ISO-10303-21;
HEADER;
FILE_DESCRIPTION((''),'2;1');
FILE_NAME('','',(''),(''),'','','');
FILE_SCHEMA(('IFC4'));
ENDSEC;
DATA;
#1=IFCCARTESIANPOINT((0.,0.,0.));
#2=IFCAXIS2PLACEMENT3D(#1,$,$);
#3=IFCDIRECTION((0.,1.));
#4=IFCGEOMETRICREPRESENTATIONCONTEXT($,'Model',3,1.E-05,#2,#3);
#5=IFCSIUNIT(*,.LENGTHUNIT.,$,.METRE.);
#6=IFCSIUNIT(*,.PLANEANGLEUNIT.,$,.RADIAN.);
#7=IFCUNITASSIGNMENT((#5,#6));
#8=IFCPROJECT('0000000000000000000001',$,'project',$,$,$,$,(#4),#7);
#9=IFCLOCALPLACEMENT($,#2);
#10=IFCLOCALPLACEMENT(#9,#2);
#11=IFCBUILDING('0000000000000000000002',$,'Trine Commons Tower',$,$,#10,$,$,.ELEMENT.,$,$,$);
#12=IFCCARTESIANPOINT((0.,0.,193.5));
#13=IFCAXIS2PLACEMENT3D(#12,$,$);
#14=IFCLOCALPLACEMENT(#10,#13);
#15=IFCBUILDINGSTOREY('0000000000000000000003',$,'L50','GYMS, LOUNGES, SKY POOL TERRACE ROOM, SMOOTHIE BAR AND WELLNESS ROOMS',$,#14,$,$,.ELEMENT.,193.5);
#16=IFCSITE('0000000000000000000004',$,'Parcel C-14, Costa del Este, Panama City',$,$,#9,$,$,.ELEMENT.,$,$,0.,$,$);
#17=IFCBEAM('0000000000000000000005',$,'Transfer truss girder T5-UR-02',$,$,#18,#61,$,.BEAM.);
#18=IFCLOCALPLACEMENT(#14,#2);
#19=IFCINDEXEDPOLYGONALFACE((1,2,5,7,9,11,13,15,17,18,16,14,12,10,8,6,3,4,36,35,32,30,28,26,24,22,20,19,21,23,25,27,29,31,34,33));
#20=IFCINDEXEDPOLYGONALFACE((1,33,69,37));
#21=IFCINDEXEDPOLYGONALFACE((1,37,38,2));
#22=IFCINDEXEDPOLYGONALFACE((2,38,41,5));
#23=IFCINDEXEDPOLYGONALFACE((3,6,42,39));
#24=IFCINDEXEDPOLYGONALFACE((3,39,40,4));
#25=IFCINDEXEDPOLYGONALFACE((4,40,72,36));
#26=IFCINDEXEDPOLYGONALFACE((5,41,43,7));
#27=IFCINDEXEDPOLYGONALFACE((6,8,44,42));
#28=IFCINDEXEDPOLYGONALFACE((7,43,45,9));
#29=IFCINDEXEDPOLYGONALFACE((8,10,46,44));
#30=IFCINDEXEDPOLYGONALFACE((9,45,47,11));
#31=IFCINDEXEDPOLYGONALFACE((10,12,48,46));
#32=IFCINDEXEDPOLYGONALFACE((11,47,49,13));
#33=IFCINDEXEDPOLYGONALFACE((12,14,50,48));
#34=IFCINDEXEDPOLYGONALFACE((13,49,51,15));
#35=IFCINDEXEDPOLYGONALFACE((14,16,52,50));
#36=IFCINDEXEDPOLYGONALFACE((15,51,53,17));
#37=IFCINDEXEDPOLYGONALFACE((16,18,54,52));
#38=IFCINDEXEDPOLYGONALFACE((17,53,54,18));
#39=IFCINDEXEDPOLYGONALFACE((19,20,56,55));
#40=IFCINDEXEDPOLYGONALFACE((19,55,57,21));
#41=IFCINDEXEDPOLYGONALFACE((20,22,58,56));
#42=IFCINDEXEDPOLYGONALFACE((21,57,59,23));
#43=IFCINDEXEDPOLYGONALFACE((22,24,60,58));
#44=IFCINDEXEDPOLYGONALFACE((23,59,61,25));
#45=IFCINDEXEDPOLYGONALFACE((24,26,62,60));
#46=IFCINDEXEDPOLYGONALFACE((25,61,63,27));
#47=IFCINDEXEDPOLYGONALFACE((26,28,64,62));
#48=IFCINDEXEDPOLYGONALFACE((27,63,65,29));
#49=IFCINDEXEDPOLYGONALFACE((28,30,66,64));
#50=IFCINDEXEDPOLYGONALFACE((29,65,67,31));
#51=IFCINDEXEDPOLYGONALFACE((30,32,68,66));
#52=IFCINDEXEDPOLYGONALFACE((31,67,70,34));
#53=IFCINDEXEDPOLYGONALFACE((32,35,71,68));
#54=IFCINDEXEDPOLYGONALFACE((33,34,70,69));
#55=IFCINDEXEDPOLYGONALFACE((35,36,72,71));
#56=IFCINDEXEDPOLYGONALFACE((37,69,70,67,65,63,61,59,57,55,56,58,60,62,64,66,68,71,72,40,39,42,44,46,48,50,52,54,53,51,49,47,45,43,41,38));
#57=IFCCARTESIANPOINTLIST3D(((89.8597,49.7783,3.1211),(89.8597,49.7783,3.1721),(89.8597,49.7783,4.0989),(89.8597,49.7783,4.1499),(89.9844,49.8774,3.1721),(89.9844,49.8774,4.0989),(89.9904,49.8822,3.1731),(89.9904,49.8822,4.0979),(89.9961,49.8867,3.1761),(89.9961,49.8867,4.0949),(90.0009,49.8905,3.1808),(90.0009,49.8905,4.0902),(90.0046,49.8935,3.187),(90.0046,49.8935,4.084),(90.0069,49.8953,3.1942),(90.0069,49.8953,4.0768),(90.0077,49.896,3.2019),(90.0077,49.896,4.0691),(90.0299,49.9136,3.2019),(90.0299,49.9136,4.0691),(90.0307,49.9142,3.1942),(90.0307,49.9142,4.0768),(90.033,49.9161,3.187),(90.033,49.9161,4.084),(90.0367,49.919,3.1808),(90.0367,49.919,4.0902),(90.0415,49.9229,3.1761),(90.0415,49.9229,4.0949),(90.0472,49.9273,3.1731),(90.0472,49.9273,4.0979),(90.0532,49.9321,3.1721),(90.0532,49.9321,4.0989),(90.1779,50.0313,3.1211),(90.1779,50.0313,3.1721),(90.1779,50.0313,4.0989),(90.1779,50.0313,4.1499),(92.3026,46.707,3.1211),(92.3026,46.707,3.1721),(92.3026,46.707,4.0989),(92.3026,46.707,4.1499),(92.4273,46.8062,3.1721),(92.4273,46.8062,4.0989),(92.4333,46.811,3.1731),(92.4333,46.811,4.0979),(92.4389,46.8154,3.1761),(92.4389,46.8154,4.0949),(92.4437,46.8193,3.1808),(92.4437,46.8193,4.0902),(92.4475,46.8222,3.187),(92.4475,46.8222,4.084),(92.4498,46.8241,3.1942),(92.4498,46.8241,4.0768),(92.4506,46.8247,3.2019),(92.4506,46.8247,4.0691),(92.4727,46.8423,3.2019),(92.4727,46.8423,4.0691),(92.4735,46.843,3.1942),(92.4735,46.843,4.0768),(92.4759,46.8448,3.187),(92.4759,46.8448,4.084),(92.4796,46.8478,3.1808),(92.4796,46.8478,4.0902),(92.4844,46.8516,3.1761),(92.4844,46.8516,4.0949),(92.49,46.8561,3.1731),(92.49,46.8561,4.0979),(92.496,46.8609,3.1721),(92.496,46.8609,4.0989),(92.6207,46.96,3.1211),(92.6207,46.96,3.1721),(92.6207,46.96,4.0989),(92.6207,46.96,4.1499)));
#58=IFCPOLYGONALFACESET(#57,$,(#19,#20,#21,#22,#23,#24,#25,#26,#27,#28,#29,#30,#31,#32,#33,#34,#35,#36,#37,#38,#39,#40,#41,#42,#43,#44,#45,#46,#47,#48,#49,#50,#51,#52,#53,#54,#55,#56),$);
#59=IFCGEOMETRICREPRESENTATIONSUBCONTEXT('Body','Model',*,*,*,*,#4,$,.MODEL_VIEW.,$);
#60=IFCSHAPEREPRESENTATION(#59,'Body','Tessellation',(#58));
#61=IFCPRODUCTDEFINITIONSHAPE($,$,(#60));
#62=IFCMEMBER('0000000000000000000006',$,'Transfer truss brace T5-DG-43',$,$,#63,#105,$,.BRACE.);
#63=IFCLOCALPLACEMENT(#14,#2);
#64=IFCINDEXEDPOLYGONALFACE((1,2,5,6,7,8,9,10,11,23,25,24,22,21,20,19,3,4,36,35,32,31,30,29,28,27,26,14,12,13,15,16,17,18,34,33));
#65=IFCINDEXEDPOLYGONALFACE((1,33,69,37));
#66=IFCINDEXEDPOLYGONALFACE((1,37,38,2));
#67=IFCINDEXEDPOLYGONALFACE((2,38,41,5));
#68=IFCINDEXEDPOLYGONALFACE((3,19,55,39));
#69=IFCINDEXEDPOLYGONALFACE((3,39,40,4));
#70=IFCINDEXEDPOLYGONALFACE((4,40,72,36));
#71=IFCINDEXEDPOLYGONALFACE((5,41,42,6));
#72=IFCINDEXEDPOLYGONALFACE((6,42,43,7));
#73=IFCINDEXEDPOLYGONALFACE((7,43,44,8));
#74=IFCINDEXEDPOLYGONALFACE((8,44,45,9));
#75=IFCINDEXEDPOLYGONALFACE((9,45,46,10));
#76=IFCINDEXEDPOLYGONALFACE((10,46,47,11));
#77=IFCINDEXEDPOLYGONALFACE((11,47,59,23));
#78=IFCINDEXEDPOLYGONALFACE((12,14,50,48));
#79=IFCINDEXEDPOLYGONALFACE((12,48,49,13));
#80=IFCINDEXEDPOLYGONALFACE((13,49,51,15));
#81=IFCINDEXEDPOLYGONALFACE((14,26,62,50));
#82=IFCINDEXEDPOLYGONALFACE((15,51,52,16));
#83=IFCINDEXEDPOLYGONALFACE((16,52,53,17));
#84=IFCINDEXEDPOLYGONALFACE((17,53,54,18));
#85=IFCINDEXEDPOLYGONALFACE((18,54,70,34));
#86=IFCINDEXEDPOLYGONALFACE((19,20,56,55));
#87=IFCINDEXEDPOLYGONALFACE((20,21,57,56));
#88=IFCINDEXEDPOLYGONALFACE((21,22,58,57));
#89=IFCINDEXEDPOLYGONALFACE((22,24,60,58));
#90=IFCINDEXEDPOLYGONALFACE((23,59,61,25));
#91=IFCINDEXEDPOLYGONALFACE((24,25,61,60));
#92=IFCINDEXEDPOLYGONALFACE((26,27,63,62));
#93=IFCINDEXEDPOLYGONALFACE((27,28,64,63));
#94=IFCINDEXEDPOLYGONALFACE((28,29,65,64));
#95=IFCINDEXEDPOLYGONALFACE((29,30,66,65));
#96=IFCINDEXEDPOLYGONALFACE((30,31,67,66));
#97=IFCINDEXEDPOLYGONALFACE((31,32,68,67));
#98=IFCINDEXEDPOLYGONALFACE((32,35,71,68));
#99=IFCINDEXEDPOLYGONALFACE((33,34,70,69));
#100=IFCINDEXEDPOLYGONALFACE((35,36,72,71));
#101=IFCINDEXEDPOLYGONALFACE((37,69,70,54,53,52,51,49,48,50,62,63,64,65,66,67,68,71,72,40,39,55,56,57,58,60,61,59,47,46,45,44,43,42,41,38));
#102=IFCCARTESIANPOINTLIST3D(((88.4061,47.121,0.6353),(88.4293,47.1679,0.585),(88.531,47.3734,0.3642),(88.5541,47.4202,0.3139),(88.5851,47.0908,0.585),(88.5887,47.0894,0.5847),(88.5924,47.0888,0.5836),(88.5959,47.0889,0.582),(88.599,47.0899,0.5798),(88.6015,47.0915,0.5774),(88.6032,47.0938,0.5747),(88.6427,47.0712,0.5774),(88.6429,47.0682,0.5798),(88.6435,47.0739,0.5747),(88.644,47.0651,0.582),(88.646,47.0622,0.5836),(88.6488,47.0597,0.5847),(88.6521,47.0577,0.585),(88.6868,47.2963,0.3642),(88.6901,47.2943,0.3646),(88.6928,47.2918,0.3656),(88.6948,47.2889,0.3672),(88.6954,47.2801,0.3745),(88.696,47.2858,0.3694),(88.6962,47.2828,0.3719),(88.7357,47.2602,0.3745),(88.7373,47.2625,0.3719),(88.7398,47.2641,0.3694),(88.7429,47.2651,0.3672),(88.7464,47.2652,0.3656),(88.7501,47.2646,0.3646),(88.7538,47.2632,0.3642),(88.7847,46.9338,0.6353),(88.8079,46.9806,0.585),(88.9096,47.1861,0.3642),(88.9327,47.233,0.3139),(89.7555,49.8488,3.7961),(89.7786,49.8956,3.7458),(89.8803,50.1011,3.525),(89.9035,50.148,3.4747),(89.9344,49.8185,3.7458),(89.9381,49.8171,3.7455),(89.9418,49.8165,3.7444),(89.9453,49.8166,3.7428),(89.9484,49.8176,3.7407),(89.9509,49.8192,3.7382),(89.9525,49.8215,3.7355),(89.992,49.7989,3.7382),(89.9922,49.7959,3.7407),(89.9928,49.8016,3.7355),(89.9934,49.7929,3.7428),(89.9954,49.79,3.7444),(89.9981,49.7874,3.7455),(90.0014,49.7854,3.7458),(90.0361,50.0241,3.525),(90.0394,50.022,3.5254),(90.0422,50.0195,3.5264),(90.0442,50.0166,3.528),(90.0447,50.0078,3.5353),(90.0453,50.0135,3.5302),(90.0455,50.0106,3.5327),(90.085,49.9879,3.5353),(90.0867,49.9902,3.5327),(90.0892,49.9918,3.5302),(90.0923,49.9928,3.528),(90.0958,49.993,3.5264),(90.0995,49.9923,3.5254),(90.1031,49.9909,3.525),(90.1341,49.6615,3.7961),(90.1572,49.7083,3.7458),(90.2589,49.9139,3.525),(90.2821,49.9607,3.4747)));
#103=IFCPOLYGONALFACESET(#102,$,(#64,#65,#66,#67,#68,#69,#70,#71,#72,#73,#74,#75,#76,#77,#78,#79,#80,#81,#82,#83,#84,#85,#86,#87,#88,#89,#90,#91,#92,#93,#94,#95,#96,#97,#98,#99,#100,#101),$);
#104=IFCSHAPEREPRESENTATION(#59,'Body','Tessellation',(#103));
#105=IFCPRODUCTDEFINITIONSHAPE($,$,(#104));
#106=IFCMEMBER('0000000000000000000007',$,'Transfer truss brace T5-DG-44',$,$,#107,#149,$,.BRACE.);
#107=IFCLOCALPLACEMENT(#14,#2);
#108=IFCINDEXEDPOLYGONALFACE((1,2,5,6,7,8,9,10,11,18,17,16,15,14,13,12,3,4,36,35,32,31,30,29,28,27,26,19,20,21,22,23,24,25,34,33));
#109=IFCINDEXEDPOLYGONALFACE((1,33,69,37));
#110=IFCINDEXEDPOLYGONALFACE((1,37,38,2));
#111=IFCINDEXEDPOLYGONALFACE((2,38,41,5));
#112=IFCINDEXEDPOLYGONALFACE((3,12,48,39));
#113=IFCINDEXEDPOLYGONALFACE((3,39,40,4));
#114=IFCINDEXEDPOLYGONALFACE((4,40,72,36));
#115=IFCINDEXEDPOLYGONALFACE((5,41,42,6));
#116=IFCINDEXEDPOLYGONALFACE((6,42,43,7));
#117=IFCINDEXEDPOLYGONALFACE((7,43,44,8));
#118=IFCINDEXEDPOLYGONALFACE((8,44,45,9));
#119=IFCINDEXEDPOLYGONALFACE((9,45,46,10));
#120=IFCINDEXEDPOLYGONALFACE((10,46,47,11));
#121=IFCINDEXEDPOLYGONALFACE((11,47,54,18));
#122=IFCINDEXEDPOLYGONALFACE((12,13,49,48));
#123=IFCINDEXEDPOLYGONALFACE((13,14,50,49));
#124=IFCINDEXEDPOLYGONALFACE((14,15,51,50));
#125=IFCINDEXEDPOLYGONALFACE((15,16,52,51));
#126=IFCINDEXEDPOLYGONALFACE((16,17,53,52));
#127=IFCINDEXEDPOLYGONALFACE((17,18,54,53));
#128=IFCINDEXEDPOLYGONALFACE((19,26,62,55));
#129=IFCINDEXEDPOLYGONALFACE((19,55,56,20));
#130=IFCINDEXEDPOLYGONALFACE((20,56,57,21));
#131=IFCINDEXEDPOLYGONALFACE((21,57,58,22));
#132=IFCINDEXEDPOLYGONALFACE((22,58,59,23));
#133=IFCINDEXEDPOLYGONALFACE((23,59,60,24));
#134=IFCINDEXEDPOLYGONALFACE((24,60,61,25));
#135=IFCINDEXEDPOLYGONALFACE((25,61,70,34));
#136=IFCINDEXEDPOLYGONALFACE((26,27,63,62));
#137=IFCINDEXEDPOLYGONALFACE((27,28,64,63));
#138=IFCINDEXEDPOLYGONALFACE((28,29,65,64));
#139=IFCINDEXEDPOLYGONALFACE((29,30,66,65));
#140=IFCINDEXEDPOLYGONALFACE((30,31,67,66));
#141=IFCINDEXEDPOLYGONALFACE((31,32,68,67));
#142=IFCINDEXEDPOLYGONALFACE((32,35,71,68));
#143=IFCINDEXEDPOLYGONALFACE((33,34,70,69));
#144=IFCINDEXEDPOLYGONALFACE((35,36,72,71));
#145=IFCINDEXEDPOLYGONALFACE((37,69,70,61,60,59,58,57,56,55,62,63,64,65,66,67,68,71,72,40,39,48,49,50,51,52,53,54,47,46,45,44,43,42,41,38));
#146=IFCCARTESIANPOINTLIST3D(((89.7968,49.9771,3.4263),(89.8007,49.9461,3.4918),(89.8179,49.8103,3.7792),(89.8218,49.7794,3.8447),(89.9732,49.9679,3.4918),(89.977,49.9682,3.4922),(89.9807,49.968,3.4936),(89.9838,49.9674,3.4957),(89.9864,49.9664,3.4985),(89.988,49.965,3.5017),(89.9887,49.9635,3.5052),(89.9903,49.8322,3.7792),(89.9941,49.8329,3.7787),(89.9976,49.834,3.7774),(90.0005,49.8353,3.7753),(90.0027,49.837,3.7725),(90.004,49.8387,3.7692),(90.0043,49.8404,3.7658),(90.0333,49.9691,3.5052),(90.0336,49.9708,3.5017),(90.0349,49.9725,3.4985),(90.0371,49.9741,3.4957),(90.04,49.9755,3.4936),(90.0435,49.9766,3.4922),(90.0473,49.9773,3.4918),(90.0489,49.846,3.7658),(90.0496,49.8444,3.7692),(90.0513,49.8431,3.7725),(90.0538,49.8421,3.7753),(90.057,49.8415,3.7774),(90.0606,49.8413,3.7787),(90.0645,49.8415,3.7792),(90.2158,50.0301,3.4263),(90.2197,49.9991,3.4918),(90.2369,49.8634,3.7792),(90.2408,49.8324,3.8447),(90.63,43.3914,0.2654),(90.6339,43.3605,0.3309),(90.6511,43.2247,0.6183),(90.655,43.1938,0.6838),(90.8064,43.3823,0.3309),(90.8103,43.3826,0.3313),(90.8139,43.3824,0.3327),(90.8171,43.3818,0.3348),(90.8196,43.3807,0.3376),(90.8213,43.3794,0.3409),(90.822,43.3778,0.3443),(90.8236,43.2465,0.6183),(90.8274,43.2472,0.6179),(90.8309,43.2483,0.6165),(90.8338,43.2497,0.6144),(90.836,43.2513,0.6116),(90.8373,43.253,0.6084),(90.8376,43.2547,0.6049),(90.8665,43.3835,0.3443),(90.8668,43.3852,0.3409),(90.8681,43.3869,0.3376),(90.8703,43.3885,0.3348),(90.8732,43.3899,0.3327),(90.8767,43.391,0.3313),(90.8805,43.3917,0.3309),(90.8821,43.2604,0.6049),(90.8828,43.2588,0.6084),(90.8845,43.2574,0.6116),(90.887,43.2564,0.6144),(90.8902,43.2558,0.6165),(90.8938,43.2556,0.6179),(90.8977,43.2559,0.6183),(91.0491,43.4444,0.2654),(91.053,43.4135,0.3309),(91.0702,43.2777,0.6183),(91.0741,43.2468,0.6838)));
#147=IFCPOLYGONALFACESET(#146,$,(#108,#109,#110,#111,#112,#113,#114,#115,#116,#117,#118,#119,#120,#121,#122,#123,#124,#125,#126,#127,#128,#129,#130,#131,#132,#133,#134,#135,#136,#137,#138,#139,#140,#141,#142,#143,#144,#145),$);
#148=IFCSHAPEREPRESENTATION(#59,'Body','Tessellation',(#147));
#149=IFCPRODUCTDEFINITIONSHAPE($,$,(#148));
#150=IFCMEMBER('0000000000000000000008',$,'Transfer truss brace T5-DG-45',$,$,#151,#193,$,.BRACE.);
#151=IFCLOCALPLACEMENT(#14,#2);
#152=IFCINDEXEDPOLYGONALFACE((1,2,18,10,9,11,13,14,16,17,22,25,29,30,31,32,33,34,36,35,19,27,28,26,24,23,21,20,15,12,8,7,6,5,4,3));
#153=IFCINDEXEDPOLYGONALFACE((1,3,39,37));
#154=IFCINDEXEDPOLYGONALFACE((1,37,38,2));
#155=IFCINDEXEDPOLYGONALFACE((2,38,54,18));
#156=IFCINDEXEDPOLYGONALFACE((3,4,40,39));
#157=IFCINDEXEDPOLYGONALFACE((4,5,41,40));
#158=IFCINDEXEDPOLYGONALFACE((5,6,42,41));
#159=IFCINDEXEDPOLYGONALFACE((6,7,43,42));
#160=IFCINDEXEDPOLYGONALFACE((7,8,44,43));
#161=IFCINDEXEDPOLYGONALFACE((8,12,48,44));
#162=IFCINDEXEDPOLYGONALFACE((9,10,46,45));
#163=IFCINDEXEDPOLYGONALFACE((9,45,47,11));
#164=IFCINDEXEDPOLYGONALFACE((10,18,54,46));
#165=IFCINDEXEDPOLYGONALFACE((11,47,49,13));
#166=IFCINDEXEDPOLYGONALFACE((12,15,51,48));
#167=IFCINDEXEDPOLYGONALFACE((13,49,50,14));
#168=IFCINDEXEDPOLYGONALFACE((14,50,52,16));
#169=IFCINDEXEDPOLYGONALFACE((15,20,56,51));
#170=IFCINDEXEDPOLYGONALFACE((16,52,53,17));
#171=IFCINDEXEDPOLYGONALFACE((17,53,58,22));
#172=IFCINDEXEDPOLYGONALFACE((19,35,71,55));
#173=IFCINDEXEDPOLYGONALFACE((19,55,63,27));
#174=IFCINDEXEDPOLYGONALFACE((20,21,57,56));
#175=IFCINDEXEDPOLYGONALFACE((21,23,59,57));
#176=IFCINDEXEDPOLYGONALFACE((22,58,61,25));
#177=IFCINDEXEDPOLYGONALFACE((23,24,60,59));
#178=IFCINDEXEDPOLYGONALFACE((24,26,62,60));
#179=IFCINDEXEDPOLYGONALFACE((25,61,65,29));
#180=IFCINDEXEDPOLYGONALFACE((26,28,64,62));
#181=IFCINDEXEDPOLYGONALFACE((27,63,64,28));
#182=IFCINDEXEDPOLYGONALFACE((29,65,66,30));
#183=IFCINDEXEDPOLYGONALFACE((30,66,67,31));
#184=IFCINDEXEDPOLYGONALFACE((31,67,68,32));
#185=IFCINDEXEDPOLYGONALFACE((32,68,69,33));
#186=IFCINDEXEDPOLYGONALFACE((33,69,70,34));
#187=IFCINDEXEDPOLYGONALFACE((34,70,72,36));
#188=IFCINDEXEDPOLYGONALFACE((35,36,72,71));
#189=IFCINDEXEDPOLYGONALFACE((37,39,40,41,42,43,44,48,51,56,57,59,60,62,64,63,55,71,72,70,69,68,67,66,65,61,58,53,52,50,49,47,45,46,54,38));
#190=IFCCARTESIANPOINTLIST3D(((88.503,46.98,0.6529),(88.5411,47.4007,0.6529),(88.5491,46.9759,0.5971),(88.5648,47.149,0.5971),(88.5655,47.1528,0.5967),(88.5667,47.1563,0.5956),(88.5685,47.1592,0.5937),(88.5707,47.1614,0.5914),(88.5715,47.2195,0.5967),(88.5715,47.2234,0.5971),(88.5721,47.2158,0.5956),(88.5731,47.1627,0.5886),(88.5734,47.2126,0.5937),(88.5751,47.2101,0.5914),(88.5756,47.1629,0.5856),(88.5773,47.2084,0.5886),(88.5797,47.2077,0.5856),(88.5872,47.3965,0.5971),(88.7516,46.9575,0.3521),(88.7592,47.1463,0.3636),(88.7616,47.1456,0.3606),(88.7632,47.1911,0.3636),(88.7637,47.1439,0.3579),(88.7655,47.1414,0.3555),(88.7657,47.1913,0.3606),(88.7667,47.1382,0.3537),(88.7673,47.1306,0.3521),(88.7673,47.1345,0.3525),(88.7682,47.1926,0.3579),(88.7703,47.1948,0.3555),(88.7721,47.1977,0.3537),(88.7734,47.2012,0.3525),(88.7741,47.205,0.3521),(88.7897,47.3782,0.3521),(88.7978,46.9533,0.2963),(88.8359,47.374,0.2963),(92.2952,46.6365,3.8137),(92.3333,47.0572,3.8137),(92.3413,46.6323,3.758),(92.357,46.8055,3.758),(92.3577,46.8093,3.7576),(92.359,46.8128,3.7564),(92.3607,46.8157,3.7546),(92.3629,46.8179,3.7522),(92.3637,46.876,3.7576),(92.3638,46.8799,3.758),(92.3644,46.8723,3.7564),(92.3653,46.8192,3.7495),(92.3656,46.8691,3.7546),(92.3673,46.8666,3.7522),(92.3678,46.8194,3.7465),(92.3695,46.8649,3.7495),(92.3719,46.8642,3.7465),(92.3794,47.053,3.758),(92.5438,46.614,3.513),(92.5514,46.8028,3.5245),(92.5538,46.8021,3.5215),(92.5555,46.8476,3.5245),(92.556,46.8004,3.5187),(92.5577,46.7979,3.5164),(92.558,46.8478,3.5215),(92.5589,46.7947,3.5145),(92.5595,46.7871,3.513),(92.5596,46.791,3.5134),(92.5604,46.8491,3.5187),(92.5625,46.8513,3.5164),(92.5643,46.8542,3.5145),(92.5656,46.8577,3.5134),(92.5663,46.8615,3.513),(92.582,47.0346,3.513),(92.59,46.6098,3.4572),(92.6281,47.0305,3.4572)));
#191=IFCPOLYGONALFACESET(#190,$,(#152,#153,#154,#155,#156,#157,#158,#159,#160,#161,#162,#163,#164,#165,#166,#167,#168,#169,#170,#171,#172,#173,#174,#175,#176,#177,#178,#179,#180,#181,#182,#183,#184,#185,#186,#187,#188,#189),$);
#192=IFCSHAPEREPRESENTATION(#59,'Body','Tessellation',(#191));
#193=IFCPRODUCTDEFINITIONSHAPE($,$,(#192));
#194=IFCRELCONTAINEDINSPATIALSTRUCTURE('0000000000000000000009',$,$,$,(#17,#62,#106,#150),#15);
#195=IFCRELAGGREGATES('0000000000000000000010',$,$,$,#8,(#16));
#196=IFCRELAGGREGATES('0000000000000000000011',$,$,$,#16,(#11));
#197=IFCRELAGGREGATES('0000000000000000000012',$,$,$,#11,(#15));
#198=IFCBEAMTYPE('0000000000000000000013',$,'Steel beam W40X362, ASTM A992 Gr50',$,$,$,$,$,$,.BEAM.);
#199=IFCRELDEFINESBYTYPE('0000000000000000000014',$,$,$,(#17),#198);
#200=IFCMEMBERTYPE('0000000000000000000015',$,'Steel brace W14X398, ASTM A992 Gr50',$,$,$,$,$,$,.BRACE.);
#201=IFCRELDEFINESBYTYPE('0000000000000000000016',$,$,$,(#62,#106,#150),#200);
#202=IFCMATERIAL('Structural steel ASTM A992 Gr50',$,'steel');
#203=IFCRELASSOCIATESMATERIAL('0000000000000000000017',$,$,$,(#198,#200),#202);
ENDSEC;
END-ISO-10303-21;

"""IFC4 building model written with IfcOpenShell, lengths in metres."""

from ifc_helpers import new_model, si_unit, direction, frame, origin, origin_2d, place, context, subcontext, project, spatial, i_section, extrude, material, material_profile, profile_set, type_object, element, save


model = new_model("IFC4")

# Units and contexts
model_context = context("Model", 3, precision=1e-05, world=origin(), true_north=direction((0.0, 1.0)))
body_context = subcontext(model_context, "Body", "Model", "MODEL_VIEW")
ifc_project = project(units=[si_unit("LENGTHUNIT", "METRE"), si_unit("PLANEANGLEUNIT", "RADIAN")], contexts=[model_context])

# Site, building, storey
site_placement = place(None, origin())
site = spatial("IfcSite", under=ifc_project, at=site_placement, Name="Parcel C-14, Costa del Este, Panama City", CompositionType="ELEMENT", RefElevation=0.0)
building_placement = place(site_placement, origin())
building = spatial("IfcBuilding", under=site, at=building_placement, Name="Trine Commons Tower", CompositionType="ELEMENT")
storey_placement = place(building_placement, frame((0.0, 0.0, 193.5)))
storey = spatial("IfcBuildingStorey", under=building, at=storey_placement, Name="L50", Description="GYMS, LOUNGES, SKY POOL TERRACE ROOM, SMOOTHIE BAR AND WELLNESS ROOMS", CompositionType="ELEMENT", Elevation=193.5)

# Beam
ifc_material_1 = material(Name="Structural steel ASTM A992 Gr50", Category="steel")
ifc_material_profile_1 = material_profile(ifc_material_1, i_section(OverallWidth=0.4065, OverallDepth=1.0288, WebThickness=0.0283, FlangeThickness=0.051, FilletRadius=0.0298, at=origin_2d()), Name="W40X362")
ifc_profile_set_1 = profile_set([ifc_material_profile_1], Name="Structural steel ASTM A992 Gr50")
beam_type = type_object("IfcBeamType", Name="Steel beam W40X362, ASTM A992 Gr50", PredefinedType="BEAM", material=ifc_profile_set_1)
beam_placement = place(storey_placement, frame((90.0188, 49.9048, 3.6355), z_axis=(0.622492, -0.782626, 0.0), x_axis=(0.782626, 0.622492, 0.0)))
element("IfcBeam", 1, at=beam_placement, inside=storey, type_object=beam_type, Name="Transfer truss girder T5-UR-02", PredefinedType="BEAM", context=body_context, shape_type="SweptSolid", body=[
    extrude(i_section(OverallWidth=0.4065, OverallDepth=1.0288, WebThickness=0.0283, FlangeThickness=0.051, FilletRadius=0.0298, at=origin_2d()), origin(), (0.0, 0.0, 1.0), 3.9243),
])

# Members
ifc_material_profile_2 = material_profile(ifc_material_1, i_section(OverallWidth=0.4224, OverallDepth=0.4634, WebThickness=0.0449, FlangeThickness=0.0725, FilletRadius=0.0149, at=origin_2d()), Name="W14X398")
ifc_profile_set_2 = profile_set([ifc_material_profile_2], Name="Structural steel ASTM A992 Gr50")
member_type = type_object("IfcMemberType", Name="Steel brace W14X398, ASTM A992 Gr50", PredefinedType="BRACE", material=ifc_profile_set_2)
member_1_placement = place(storey_placement, frame((88.6694, 47.177, 0.4746), z_axis=(0.307526, 0.621674, 0.720381), x_axis=(-0.896328, 0.443391, 0.0)))
element("IfcMember", 2, at=member_1_placement, inside=storey, type_object=member_type, Name="Transfer truss brace T5-DG-43", PredefinedType="BRACE", context=body_context, shape_type="SweptSolid", body=[
    extrude(i_section(OverallWidth=0.4224, OverallDepth=0.4634, WebThickness=0.0449, FlangeThickness=0.0725, FilletRadius=0.0149, at=origin_2d()), origin(), (0.0, 0.0, 1.0), 4.3877),
])
member_2_placement = place(storey_placement, frame((90.8521, 43.3191, 0.4746), z_axis=(-0.113332, 0.895728, 0.429916), x_axis=(-0.992091, -0.125524, 0.0)))
element("IfcMember", 3, at=member_2_placement, inside=storey, type_object=member_type, Name="Transfer truss brace T5-DG-44", PredefinedType="BRACE", context=body_context, shape_type="SweptSolid", body=[
    extrude(i_section(OverallWidth=0.4224, OverallDepth=0.4634, WebThickness=0.0449, FlangeThickness=0.0725, FilletRadius=0.0149, at=origin_2d()), origin(), (0.0, 0.0, 1.0), 7.3523),
])
member_3_placement = place(storey_placement, frame((88.6694, 47.177, 0.4746), z_axis=(0.7663, -0.069412, 0.638723), x_axis=(0.090212, 0.995923, 0.0)))
element("IfcMember", 4, at=member_3_placement, inside=storey, type_object=member_type, Name="Transfer truss brace T5-DG-45", PredefinedType="BRACE", context=body_context, shape_type="SweptSolid", body=[
    extrude(i_section(OverallWidth=0.4224, OverallDepth=0.4634, WebThickness=0.0449, FlangeThickness=0.0725, FilletRadius=0.0149, at=origin_2d()), origin(), (0.0, 0.0, 1.0), 4.9487),
])

save(model, "model.ifc")
